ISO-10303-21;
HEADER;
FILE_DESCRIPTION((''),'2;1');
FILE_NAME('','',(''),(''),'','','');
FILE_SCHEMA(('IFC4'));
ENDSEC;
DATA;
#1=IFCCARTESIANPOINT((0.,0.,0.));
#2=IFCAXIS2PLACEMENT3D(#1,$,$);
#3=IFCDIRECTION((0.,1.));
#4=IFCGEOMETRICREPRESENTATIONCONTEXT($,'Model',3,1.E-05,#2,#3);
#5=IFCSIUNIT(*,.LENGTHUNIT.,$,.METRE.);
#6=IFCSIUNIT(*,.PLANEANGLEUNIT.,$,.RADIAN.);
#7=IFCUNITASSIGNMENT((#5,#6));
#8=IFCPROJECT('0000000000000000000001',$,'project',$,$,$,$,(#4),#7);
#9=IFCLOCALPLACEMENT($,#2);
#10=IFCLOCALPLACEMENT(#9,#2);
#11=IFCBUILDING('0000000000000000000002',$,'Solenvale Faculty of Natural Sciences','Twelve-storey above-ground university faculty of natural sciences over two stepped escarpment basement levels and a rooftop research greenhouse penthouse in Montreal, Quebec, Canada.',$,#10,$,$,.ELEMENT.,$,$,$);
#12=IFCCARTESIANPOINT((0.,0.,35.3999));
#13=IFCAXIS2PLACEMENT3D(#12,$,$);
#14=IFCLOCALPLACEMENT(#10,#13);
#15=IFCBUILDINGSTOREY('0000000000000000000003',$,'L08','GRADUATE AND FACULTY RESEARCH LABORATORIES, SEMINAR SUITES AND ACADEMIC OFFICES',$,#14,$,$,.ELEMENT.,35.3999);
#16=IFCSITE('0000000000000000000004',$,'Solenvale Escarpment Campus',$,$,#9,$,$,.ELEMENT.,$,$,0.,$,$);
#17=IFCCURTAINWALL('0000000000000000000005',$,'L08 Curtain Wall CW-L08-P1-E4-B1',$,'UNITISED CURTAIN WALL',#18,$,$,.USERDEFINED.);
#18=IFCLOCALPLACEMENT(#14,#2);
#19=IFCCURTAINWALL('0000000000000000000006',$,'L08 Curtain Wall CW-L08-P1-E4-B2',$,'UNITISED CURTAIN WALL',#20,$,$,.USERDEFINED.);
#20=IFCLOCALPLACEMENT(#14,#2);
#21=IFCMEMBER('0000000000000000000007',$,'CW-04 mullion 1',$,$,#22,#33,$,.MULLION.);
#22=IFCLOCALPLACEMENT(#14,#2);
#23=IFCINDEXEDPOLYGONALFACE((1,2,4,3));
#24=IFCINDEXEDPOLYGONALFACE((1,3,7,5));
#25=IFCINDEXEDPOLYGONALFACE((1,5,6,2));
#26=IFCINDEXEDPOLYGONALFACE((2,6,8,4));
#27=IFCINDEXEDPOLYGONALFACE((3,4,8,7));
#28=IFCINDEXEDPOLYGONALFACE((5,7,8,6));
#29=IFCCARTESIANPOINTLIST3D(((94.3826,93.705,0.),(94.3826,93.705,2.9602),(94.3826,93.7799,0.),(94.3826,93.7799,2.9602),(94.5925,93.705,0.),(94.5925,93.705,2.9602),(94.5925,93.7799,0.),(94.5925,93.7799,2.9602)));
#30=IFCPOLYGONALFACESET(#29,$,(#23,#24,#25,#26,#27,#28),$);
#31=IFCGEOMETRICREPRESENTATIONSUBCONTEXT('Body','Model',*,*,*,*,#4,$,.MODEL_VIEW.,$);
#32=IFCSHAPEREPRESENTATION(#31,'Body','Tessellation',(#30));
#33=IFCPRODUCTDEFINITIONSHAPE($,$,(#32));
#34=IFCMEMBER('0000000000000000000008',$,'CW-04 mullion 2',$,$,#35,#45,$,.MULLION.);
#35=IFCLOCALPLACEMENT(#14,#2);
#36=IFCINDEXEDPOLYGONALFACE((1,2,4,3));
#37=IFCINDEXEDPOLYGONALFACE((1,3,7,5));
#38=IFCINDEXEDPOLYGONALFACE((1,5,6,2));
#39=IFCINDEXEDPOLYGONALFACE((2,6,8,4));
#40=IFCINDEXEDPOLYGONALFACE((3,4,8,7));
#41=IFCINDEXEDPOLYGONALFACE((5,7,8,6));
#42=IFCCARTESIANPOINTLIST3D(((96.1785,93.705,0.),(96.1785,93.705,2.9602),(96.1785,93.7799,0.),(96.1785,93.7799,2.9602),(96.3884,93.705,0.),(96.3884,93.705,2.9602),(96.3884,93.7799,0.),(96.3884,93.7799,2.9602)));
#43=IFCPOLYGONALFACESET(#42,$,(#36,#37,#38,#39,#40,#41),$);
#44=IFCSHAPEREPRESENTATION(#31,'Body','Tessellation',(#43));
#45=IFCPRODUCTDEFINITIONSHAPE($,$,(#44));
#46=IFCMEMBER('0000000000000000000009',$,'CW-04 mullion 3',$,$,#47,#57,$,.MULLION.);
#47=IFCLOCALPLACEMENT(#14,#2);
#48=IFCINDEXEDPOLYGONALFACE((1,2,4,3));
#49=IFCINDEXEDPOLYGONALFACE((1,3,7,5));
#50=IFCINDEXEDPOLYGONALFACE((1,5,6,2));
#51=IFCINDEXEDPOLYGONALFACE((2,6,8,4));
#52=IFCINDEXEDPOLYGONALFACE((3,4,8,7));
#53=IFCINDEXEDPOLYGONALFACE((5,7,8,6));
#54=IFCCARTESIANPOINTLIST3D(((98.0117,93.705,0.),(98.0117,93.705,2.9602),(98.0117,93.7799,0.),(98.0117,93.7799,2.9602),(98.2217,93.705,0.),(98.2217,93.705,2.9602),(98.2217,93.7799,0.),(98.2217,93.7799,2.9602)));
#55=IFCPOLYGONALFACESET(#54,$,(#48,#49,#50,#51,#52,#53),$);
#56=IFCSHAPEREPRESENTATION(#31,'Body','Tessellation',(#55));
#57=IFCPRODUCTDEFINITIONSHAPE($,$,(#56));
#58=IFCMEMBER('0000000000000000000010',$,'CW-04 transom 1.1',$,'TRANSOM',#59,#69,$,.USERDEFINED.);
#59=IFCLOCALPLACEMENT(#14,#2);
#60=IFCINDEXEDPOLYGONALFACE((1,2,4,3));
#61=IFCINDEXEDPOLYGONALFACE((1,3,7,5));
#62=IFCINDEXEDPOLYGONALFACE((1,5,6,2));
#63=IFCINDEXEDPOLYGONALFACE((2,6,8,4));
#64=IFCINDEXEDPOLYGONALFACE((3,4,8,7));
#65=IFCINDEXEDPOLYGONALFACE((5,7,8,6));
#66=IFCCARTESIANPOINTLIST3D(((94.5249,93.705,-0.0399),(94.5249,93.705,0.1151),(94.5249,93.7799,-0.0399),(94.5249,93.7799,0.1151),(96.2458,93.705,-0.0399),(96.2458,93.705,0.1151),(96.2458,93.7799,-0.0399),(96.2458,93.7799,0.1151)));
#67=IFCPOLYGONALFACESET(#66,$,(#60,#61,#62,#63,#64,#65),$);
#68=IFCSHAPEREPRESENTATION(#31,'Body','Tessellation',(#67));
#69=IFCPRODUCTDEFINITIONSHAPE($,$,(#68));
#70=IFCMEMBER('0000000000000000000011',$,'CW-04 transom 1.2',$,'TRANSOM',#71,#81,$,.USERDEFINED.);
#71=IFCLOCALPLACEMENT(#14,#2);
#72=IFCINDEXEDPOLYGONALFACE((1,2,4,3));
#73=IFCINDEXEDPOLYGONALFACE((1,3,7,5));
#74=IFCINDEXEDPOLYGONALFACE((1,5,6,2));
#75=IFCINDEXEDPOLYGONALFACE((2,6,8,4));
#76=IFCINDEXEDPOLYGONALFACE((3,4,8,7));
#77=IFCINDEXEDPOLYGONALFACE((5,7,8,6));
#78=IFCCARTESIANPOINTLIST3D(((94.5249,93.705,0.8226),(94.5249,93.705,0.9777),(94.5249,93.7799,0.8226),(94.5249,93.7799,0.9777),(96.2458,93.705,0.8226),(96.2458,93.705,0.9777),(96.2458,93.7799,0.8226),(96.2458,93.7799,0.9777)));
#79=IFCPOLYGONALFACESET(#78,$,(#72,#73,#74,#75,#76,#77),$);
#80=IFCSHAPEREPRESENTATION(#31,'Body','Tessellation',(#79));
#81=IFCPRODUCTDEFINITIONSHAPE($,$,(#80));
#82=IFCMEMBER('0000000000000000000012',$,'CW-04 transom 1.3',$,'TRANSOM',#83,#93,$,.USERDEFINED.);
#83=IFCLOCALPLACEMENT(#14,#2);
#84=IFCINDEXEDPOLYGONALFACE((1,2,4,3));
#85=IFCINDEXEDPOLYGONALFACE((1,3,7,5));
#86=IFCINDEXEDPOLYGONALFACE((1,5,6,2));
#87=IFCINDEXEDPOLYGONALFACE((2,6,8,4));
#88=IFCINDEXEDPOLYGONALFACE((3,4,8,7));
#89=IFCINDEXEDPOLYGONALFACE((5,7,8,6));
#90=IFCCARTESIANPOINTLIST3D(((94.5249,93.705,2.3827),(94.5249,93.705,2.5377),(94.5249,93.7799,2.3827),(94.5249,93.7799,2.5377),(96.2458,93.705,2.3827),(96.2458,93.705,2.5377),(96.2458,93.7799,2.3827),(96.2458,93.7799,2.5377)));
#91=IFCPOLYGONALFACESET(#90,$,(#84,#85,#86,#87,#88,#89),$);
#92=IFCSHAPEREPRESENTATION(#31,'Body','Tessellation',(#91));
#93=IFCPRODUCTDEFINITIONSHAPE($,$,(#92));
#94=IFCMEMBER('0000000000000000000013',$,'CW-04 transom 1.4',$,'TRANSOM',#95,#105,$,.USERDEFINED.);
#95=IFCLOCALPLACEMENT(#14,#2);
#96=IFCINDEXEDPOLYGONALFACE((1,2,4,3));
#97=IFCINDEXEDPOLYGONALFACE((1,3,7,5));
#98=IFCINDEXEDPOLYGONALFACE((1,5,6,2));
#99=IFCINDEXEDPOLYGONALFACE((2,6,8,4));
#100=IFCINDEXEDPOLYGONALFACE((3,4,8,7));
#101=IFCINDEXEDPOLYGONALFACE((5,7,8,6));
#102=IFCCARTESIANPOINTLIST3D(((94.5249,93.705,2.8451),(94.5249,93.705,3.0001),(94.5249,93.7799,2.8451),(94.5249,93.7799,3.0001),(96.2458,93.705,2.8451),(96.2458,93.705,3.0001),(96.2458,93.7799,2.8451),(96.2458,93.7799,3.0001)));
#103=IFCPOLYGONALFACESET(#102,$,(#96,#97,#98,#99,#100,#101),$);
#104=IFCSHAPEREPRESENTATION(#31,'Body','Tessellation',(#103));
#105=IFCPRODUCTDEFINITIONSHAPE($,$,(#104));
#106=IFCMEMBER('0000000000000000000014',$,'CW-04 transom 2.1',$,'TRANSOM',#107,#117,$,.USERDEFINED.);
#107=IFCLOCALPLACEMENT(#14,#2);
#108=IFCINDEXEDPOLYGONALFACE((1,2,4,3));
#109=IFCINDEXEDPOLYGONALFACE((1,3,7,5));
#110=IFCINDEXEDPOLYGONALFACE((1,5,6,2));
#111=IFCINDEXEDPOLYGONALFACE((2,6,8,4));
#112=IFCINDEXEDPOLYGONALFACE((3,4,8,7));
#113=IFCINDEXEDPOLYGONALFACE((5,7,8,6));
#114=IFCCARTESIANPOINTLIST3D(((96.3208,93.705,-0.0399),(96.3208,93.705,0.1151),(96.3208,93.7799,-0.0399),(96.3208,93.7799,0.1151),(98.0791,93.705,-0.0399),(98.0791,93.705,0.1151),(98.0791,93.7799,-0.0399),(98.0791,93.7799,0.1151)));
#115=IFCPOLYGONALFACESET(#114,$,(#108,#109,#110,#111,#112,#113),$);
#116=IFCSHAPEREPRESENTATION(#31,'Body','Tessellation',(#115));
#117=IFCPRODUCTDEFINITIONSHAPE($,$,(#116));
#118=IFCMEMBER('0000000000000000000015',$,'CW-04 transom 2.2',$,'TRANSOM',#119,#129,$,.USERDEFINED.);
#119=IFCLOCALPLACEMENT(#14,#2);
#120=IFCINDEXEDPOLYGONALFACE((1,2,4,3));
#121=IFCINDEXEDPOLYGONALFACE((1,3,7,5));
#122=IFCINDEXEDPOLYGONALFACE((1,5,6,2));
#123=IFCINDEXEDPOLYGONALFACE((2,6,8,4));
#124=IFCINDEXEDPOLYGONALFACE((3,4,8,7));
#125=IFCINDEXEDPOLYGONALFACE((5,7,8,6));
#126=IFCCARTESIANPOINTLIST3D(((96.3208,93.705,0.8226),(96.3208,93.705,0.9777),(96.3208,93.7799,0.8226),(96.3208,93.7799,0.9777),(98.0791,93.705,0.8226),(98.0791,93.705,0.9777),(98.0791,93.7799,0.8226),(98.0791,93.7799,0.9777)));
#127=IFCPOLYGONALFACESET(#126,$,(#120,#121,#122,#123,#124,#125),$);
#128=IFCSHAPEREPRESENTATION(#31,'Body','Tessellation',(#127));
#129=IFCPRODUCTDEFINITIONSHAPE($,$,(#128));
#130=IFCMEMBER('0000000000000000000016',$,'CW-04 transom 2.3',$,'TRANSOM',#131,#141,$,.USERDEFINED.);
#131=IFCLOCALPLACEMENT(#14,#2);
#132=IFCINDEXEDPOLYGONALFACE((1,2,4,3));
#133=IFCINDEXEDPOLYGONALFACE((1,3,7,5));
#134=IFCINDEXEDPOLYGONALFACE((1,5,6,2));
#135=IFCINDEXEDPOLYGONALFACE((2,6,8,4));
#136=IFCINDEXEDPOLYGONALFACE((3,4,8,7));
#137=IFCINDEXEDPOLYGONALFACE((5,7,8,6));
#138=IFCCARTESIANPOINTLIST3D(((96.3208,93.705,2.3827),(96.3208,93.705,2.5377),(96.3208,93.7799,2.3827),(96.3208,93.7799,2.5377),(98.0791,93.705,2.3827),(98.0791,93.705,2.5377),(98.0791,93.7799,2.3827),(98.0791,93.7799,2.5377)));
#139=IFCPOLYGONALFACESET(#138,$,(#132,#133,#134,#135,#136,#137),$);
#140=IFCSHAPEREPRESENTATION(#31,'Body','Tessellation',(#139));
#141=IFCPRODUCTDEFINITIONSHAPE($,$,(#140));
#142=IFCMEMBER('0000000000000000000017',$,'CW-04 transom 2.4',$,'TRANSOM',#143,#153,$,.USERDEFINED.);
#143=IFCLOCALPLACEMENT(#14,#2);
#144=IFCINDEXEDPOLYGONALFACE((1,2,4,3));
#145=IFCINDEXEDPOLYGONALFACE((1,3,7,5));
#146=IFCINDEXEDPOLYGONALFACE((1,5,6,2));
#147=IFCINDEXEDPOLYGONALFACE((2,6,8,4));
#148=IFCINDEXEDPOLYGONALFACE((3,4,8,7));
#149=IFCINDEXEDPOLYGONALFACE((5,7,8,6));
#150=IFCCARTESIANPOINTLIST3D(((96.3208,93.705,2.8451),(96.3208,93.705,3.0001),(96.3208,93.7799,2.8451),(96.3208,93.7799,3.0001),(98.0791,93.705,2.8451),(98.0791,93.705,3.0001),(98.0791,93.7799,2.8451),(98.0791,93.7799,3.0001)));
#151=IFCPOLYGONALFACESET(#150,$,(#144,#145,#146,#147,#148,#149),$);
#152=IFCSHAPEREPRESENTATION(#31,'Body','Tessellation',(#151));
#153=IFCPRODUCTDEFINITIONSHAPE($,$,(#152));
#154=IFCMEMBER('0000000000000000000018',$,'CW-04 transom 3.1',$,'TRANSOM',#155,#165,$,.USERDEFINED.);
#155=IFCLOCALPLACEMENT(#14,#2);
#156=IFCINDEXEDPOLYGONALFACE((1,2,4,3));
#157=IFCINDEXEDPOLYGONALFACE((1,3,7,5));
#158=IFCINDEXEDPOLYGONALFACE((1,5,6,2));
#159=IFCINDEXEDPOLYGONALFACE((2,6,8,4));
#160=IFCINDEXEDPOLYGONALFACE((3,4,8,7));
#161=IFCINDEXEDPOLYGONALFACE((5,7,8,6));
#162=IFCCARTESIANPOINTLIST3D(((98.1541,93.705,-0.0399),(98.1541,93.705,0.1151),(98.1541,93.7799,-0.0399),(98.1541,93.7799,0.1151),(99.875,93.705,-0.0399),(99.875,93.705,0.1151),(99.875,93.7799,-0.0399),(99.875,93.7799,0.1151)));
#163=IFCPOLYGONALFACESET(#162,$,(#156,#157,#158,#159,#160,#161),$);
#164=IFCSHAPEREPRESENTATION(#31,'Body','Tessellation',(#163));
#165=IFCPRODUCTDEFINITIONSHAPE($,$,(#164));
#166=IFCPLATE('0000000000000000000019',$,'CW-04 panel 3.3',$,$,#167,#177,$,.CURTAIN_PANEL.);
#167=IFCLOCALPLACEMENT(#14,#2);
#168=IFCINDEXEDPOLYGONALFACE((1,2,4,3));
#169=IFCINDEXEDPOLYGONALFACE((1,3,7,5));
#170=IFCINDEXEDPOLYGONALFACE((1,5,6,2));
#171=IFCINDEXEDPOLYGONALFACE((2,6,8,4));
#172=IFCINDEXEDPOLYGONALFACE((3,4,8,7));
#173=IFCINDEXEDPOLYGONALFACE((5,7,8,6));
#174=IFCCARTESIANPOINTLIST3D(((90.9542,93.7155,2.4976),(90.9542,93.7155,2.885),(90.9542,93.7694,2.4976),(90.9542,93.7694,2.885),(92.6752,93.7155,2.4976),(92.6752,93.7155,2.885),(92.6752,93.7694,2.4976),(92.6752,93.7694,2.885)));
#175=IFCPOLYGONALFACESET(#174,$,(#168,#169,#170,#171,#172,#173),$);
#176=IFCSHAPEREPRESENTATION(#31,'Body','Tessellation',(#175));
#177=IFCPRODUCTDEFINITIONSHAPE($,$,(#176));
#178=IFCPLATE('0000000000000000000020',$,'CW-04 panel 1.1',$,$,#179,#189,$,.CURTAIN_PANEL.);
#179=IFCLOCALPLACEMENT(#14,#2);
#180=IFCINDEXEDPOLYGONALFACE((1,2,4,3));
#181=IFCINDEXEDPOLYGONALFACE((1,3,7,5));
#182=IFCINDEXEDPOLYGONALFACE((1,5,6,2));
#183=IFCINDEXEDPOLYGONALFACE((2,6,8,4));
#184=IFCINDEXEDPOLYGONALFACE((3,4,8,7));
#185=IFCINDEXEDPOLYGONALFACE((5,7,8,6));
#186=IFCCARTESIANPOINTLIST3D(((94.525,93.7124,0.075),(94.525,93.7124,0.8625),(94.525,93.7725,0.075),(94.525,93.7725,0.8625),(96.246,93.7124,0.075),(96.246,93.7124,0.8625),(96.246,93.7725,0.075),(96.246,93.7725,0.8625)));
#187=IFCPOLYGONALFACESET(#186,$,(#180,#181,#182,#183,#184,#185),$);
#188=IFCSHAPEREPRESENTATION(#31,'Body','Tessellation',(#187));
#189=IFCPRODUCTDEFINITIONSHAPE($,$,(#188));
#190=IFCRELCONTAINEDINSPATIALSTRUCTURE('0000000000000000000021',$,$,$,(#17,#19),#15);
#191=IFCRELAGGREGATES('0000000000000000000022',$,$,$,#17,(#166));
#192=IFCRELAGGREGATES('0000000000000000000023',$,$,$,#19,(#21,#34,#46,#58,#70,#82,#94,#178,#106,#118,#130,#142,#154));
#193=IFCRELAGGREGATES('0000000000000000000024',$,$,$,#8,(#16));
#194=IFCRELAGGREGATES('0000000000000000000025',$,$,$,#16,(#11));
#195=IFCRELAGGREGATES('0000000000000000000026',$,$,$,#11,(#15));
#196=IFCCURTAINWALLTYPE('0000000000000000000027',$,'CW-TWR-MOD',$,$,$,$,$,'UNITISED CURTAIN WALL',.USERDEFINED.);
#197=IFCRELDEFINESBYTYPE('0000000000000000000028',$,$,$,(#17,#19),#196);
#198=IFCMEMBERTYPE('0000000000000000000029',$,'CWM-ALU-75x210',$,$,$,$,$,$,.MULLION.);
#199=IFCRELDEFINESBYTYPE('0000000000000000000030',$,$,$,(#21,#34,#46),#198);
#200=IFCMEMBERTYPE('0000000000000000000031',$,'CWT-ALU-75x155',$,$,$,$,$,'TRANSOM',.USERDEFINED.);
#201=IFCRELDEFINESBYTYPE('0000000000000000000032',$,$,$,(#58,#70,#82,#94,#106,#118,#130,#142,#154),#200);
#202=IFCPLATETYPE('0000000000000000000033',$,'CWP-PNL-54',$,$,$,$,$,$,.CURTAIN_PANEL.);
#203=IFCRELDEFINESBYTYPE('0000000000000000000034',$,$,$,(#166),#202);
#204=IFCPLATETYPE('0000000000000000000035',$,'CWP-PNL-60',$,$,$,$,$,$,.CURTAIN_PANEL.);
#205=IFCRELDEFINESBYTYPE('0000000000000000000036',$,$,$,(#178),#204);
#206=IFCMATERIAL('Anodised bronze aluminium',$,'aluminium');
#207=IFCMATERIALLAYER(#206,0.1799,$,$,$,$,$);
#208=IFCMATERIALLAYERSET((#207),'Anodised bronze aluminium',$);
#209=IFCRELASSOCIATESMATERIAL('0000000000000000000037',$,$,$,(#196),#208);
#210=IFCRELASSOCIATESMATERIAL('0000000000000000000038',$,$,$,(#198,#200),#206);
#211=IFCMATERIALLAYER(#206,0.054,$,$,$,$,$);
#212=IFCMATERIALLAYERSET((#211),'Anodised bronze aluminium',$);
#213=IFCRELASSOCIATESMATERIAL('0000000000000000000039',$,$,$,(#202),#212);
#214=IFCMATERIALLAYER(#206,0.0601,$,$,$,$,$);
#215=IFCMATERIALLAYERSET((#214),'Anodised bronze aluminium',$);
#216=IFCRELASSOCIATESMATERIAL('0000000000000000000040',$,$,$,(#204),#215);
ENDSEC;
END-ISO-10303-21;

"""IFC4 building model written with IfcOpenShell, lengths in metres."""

from ifc_helpers import new_model, si_unit, direction, frame, origin, origin_2d, place, context, subcontext, project, spatial, rectangle, extrude, material, layer, layer_set, material_profile, profile_set, type_object, element, aggregate, save


model = new_model("IFC4")

# Units and contexts
model_context = context("Model", 3, precision=1e-05, world=origin(), true_north=direction((0.0, 1.0)))
body_context = subcontext(model_context, "Body", "Model", "MODEL_VIEW")
ifc_project = project(units=[si_unit("LENGTHUNIT", "METRE"), si_unit("PLANEANGLEUNIT", "RADIAN")], contexts=[model_context])

# Site, building, storey
site_placement = place(None, origin())
site = spatial("IfcSite", under=ifc_project, at=site_placement, Name="Solenvale Escarpment Campus", CompositionType="ELEMENT", RefElevation=0.0)
building_placement = place(site_placement, origin())
building = spatial("IfcBuilding", under=site, at=building_placement, Name="Solenvale Faculty of Natural Sciences", Description="Twelve-storey above-ground university faculty of natural sciences over two stepped escarpment basement levels and a rooftop research greenhouse penthouse in Montreal, Quebec, Canada.", CompositionType="ELEMENT")
storey_placement = place(building_placement, frame((0.0, 0.0, 35.3999)))
storey = spatial("IfcBuildingStorey", under=building, at=storey_placement, Name="L08", Description="GRADUATE AND FACULTY RESEARCH LABORATORIES, SEMINAR SUITES AND ACADEMIC OFFICES", CompositionType="ELEMENT", Elevation=35.3999)

# Curtain wall
ifc_material_1 = material(Name="Anodised bronze aluminium", Category="aluminium")
ifc_layer_1 = layer(ifc_material_1, 0.1799)
ifc_layer_set_1 = layer_set([ifc_layer_1], Name="Anodised bronze aluminium")
curtain_wall_type = type_object("IfcCurtainWallType", Name="CW-TWR-MOD", ElementType="UNITISED CURTAIN WALL", PredefinedType="USERDEFINED", material=ifc_layer_set_1)
ifc_material_profile_1 = material_profile(ifc_material_1, rectangle(XDim=0.075, YDim=0.21, at=origin_2d()), Name="ALU-MUL-75x210")
ifc_profile_set_1 = profile_set([ifc_material_profile_1], Name="Anodised bronze aluminium")
member_type_1 = type_object("IfcMemberType", Name="CWM-ALU-75x210", PredefinedType="MULLION", material=ifc_profile_set_1)
curtain_wall_1_placement = place(storey_placement, origin())
curtain_wall_1 = element("IfcCurtainWall", 1, at=curtain_wall_1_placement, inside=storey, type_object=curtain_wall_type, Name="L08 Curtain Wall CW-L08-P1-E4-B1", ObjectType="UNITISED CURTAIN WALL", PredefinedType="USERDEFINED")

# Curtain wall, members
curtain_wall_2_placement = place(storey_placement, origin())
curtain_wall_2 = element("IfcCurtainWall", 2, at=curtain_wall_2_placement, inside=storey, type_object=curtain_wall_type, Name="L08 Curtain Wall CW-L08-P1-E4-B2", ObjectType="UNITISED CURTAIN WALL", PredefinedType="USERDEFINED")
member_1_placement = place(storey_placement, frame((94.4875, 93.7424, 0.0), z_axis=(0.0, 0.0, 1.0), x_axis=(0.0, 1.0, 0.0)))
member_1 = element("IfcMember", 3, at=member_1_placement, type_object=member_type_1, Name="CW-04 mullion 1", PredefinedType="MULLION", context=body_context, shape_type="SweptSolid", body=[
    extrude(rectangle(XDim=0.075, YDim=0.21, at=origin_2d()), origin(), (0.0, 0.0, 1.0), 2.9602),
])
member_2_placement = place(storey_placement, frame((96.2834, 93.7424, 0.0), z_axis=(0.0, 0.0, 1.0), x_axis=(0.0, 1.0, 0.0)))
member_2 = element("IfcMember", 4, at=member_2_placement, type_object=member_type_1, Name="CW-04 mullion 2", PredefinedType="MULLION", context=body_context, shape_type="SweptSolid", body=[
    extrude(rectangle(XDim=0.075, YDim=0.21, at=origin_2d()), origin(), (0.0, 0.0, 1.0), 2.9602),
])
member_3_placement = place(storey_placement, frame((98.1167, 93.7424, 0.0), z_axis=(0.0, 0.0, 1.0), x_axis=(0.0, 1.0, 0.0)))
member_3 = element("IfcMember", 5, at=member_3_placement, type_object=member_type_1, Name="CW-04 mullion 3", PredefinedType="MULLION", context=body_context, shape_type="SweptSolid", body=[
    extrude(rectangle(XDim=0.075, YDim=0.21, at=origin_2d()), origin(), (0.0, 0.0, 1.0), 2.9602),
])
ifc_material_profile_2 = material_profile(ifc_material_1, rectangle(XDim=0.075, YDim=0.155, at=origin_2d()), Name="ALU-TRN-75x155")
ifc_profile_set_2 = profile_set([ifc_material_profile_2], Name="Anodised bronze aluminium")
member_type_2 = type_object("IfcMemberType", Name="CWT-ALU-75x155", ElementType="TRANSOM", PredefinedType="USERDEFINED", material=ifc_profile_set_2)
member_4_placement = place(storey_placement, frame((94.5249, 93.7424, 0.0376), z_axis=(1.0, 0.0, 0.0), x_axis=(0.0, 1.0, 0.0)))
member_4 = element("IfcMember", 6, at=member_4_placement, type_object=member_type_2, Name="CW-04 transom 1.1", ObjectType="TRANSOM", PredefinedType="USERDEFINED", context=body_context, shape_type="SweptSolid", body=[
    extrude(rectangle(XDim=0.075, YDim=0.155, at=origin_2d()), origin(), (0.0, 0.0, 1.0), 1.7209),
])
member_5_placement = place(storey_placement, frame((94.5249, 93.7424, 0.9001), z_axis=(1.0, 0.0, 0.0), x_axis=(0.0, 1.0, 0.0)))
member_5 = element("IfcMember", 7, at=member_5_placement, type_object=member_type_2, Name="CW-04 transom 1.2", ObjectType="TRANSOM", PredefinedType="USERDEFINED", context=body_context, shape_type="SweptSolid", body=[
    extrude(rectangle(XDim=0.075, YDim=0.155, at=origin_2d()), origin(), (0.0, 0.0, 1.0), 1.7209),
])
member_6_placement = place(storey_placement, frame((94.5249, 93.7424, 2.4602), z_axis=(1.0, 0.0, 0.0), x_axis=(0.0, 1.0, 0.0)))
member_6 = element("IfcMember", 8, at=member_6_placement, type_object=member_type_2, Name="CW-04 transom 1.3", ObjectType="TRANSOM", PredefinedType="USERDEFINED", context=body_context, shape_type="SweptSolid", body=[
    extrude(rectangle(XDim=0.075, YDim=0.155, at=origin_2d()), origin(), (0.0, 0.0, 1.0), 1.7209),
])
member_7_placement = place(storey_placement, frame((94.5249, 93.7424, 2.9226), z_axis=(1.0, 0.0, 0.0), x_axis=(0.0, 1.0, 0.0)))
member_7 = element("IfcMember", 9, at=member_7_placement, type_object=member_type_2, Name="CW-04 transom 1.4", ObjectType="TRANSOM", PredefinedType="USERDEFINED", context=body_context, shape_type="SweptSolid", body=[
    extrude(rectangle(XDim=0.075, YDim=0.155, at=origin_2d()), origin(), (0.0, 0.0, 1.0), 1.7209),
])
member_8_placement = place(storey_placement, frame((96.3208, 93.7424, 0.0376), z_axis=(1.0, 0.0, 0.0), x_axis=(0.0, 1.0, 0.0)))
member_8 = element("IfcMember", 10, at=member_8_placement, type_object=member_type_2, Name="CW-04 transom 2.1", ObjectType="TRANSOM", PredefinedType="USERDEFINED", context=body_context, shape_type="SweptSolid", body=[
    extrude(rectangle(XDim=0.075, YDim=0.155, at=origin_2d()), origin(), (0.0, 0.0, 1.0), 1.7583),
])
member_9_placement = place(storey_placement, frame((96.3208, 93.7424, 0.9001), z_axis=(1.0, 0.0, 0.0), x_axis=(0.0, 1.0, 0.0)))
member_9 = element("IfcMember", 11, at=member_9_placement, type_object=member_type_2, Name="CW-04 transom 2.2", ObjectType="TRANSOM", PredefinedType="USERDEFINED", context=body_context, shape_type="SweptSolid", body=[
    extrude(rectangle(XDim=0.075, YDim=0.155, at=origin_2d()), origin(), (0.0, 0.0, 1.0), 1.7583),
])
member_10_placement = place(storey_placement, frame((96.3208, 93.7424, 2.4602), z_axis=(1.0, 0.0, 0.0), x_axis=(0.0, 1.0, 0.0)))
member_10 = element("IfcMember", 12, at=member_10_placement, type_object=member_type_2, Name="CW-04 transom 2.3", ObjectType="TRANSOM", PredefinedType="USERDEFINED", context=body_context, shape_type="SweptSolid", body=[
    extrude(rectangle(XDim=0.075, YDim=0.155, at=origin_2d()), origin(), (0.0, 0.0, 1.0), 1.7583),
])
member_11_placement = place(storey_placement, frame((96.3208, 93.7424, 2.9226), z_axis=(1.0, 0.0, 0.0), x_axis=(0.0, 1.0, 0.0)))
member_11 = element("IfcMember", 13, at=member_11_placement, type_object=member_type_2, Name="CW-04 transom 2.4", ObjectType="TRANSOM", PredefinedType="USERDEFINED", context=body_context, shape_type="SweptSolid", body=[
    extrude(rectangle(XDim=0.075, YDim=0.155, at=origin_2d()), origin(), (0.0, 0.0, 1.0), 1.7583),
])
member_12_placement = place(storey_placement, frame((98.1541, 93.7424, 0.0376), z_axis=(1.0, 0.0, 0.0), x_axis=(0.0, 1.0, 0.0)))
member_12 = element("IfcMember", 14, at=member_12_placement, type_object=member_type_2, Name="CW-04 transom 3.1", ObjectType="TRANSOM", PredefinedType="USERDEFINED", context=body_context, shape_type="SweptSolid", body=[
    extrude(rectangle(XDim=0.075, YDim=0.155, at=origin_2d()), origin(), (0.0, 0.0, 1.0), 1.7209),
])

# Plates
ifc_layer_2 = layer(ifc_material_1, 0.054)
ifc_layer_set_2 = layer_set([ifc_layer_2], Name="Anodised bronze aluminium")
plate_type_1 = type_object("IfcPlateType", Name="CWP-PNL-54", PredefinedType="CURTAIN_PANEL", material=ifc_layer_set_2)
plate_1_placement = place(storey_placement, frame((91.8147, 93.7424, 2.4976), z_axis=(0.0, 0.0, 1.0), x_axis=(1.0, 0.0, 0.0)))
plate_1 = element("IfcPlate", 15, at=plate_1_placement, type_object=plate_type_1, Name="CW-04 panel 3.3", PredefinedType="CURTAIN_PANEL", context=body_context, shape_type="SweptSolid", body=[
    extrude(rectangle(XDim=1.7209, YDim=0.054, at=origin_2d()), origin(), (0.0, 0.0, 1.0), 0.3875),
])
aggregate(curtain_wall_1, [plate_1])
ifc_layer_3 = layer(ifc_material_1, 0.0601)
ifc_layer_set_3 = layer_set([ifc_layer_3], Name="Anodised bronze aluminium")
plate_type_2 = type_object("IfcPlateType", Name="CWP-PNL-60", PredefinedType="CURTAIN_PANEL", material=ifc_layer_set_3)
plate_2_placement = place(storey_placement, frame((95.3855, 93.7424, 0.075), z_axis=(0.0, 0.0, 1.0), x_axis=(1.0, 0.0, 0.0)))
plate_2 = element("IfcPlate", 16, at=plate_2_placement, type_object=plate_type_2, Name="CW-04 panel 1.1", PredefinedType="CURTAIN_PANEL", context=body_context, shape_type="SweptSolid", body=[
    extrude(rectangle(XDim=1.7209, YDim=0.0601, at=origin_2d()), origin(), (0.0, 0.0, 1.0), 0.7876),
])
aggregate(curtain_wall_2, [member_1, member_2, member_3, member_4, member_5, member_6, member_7, plate_2, member_8, member_9, member_10, member_11, member_12])

save(model, "model.ifc")
